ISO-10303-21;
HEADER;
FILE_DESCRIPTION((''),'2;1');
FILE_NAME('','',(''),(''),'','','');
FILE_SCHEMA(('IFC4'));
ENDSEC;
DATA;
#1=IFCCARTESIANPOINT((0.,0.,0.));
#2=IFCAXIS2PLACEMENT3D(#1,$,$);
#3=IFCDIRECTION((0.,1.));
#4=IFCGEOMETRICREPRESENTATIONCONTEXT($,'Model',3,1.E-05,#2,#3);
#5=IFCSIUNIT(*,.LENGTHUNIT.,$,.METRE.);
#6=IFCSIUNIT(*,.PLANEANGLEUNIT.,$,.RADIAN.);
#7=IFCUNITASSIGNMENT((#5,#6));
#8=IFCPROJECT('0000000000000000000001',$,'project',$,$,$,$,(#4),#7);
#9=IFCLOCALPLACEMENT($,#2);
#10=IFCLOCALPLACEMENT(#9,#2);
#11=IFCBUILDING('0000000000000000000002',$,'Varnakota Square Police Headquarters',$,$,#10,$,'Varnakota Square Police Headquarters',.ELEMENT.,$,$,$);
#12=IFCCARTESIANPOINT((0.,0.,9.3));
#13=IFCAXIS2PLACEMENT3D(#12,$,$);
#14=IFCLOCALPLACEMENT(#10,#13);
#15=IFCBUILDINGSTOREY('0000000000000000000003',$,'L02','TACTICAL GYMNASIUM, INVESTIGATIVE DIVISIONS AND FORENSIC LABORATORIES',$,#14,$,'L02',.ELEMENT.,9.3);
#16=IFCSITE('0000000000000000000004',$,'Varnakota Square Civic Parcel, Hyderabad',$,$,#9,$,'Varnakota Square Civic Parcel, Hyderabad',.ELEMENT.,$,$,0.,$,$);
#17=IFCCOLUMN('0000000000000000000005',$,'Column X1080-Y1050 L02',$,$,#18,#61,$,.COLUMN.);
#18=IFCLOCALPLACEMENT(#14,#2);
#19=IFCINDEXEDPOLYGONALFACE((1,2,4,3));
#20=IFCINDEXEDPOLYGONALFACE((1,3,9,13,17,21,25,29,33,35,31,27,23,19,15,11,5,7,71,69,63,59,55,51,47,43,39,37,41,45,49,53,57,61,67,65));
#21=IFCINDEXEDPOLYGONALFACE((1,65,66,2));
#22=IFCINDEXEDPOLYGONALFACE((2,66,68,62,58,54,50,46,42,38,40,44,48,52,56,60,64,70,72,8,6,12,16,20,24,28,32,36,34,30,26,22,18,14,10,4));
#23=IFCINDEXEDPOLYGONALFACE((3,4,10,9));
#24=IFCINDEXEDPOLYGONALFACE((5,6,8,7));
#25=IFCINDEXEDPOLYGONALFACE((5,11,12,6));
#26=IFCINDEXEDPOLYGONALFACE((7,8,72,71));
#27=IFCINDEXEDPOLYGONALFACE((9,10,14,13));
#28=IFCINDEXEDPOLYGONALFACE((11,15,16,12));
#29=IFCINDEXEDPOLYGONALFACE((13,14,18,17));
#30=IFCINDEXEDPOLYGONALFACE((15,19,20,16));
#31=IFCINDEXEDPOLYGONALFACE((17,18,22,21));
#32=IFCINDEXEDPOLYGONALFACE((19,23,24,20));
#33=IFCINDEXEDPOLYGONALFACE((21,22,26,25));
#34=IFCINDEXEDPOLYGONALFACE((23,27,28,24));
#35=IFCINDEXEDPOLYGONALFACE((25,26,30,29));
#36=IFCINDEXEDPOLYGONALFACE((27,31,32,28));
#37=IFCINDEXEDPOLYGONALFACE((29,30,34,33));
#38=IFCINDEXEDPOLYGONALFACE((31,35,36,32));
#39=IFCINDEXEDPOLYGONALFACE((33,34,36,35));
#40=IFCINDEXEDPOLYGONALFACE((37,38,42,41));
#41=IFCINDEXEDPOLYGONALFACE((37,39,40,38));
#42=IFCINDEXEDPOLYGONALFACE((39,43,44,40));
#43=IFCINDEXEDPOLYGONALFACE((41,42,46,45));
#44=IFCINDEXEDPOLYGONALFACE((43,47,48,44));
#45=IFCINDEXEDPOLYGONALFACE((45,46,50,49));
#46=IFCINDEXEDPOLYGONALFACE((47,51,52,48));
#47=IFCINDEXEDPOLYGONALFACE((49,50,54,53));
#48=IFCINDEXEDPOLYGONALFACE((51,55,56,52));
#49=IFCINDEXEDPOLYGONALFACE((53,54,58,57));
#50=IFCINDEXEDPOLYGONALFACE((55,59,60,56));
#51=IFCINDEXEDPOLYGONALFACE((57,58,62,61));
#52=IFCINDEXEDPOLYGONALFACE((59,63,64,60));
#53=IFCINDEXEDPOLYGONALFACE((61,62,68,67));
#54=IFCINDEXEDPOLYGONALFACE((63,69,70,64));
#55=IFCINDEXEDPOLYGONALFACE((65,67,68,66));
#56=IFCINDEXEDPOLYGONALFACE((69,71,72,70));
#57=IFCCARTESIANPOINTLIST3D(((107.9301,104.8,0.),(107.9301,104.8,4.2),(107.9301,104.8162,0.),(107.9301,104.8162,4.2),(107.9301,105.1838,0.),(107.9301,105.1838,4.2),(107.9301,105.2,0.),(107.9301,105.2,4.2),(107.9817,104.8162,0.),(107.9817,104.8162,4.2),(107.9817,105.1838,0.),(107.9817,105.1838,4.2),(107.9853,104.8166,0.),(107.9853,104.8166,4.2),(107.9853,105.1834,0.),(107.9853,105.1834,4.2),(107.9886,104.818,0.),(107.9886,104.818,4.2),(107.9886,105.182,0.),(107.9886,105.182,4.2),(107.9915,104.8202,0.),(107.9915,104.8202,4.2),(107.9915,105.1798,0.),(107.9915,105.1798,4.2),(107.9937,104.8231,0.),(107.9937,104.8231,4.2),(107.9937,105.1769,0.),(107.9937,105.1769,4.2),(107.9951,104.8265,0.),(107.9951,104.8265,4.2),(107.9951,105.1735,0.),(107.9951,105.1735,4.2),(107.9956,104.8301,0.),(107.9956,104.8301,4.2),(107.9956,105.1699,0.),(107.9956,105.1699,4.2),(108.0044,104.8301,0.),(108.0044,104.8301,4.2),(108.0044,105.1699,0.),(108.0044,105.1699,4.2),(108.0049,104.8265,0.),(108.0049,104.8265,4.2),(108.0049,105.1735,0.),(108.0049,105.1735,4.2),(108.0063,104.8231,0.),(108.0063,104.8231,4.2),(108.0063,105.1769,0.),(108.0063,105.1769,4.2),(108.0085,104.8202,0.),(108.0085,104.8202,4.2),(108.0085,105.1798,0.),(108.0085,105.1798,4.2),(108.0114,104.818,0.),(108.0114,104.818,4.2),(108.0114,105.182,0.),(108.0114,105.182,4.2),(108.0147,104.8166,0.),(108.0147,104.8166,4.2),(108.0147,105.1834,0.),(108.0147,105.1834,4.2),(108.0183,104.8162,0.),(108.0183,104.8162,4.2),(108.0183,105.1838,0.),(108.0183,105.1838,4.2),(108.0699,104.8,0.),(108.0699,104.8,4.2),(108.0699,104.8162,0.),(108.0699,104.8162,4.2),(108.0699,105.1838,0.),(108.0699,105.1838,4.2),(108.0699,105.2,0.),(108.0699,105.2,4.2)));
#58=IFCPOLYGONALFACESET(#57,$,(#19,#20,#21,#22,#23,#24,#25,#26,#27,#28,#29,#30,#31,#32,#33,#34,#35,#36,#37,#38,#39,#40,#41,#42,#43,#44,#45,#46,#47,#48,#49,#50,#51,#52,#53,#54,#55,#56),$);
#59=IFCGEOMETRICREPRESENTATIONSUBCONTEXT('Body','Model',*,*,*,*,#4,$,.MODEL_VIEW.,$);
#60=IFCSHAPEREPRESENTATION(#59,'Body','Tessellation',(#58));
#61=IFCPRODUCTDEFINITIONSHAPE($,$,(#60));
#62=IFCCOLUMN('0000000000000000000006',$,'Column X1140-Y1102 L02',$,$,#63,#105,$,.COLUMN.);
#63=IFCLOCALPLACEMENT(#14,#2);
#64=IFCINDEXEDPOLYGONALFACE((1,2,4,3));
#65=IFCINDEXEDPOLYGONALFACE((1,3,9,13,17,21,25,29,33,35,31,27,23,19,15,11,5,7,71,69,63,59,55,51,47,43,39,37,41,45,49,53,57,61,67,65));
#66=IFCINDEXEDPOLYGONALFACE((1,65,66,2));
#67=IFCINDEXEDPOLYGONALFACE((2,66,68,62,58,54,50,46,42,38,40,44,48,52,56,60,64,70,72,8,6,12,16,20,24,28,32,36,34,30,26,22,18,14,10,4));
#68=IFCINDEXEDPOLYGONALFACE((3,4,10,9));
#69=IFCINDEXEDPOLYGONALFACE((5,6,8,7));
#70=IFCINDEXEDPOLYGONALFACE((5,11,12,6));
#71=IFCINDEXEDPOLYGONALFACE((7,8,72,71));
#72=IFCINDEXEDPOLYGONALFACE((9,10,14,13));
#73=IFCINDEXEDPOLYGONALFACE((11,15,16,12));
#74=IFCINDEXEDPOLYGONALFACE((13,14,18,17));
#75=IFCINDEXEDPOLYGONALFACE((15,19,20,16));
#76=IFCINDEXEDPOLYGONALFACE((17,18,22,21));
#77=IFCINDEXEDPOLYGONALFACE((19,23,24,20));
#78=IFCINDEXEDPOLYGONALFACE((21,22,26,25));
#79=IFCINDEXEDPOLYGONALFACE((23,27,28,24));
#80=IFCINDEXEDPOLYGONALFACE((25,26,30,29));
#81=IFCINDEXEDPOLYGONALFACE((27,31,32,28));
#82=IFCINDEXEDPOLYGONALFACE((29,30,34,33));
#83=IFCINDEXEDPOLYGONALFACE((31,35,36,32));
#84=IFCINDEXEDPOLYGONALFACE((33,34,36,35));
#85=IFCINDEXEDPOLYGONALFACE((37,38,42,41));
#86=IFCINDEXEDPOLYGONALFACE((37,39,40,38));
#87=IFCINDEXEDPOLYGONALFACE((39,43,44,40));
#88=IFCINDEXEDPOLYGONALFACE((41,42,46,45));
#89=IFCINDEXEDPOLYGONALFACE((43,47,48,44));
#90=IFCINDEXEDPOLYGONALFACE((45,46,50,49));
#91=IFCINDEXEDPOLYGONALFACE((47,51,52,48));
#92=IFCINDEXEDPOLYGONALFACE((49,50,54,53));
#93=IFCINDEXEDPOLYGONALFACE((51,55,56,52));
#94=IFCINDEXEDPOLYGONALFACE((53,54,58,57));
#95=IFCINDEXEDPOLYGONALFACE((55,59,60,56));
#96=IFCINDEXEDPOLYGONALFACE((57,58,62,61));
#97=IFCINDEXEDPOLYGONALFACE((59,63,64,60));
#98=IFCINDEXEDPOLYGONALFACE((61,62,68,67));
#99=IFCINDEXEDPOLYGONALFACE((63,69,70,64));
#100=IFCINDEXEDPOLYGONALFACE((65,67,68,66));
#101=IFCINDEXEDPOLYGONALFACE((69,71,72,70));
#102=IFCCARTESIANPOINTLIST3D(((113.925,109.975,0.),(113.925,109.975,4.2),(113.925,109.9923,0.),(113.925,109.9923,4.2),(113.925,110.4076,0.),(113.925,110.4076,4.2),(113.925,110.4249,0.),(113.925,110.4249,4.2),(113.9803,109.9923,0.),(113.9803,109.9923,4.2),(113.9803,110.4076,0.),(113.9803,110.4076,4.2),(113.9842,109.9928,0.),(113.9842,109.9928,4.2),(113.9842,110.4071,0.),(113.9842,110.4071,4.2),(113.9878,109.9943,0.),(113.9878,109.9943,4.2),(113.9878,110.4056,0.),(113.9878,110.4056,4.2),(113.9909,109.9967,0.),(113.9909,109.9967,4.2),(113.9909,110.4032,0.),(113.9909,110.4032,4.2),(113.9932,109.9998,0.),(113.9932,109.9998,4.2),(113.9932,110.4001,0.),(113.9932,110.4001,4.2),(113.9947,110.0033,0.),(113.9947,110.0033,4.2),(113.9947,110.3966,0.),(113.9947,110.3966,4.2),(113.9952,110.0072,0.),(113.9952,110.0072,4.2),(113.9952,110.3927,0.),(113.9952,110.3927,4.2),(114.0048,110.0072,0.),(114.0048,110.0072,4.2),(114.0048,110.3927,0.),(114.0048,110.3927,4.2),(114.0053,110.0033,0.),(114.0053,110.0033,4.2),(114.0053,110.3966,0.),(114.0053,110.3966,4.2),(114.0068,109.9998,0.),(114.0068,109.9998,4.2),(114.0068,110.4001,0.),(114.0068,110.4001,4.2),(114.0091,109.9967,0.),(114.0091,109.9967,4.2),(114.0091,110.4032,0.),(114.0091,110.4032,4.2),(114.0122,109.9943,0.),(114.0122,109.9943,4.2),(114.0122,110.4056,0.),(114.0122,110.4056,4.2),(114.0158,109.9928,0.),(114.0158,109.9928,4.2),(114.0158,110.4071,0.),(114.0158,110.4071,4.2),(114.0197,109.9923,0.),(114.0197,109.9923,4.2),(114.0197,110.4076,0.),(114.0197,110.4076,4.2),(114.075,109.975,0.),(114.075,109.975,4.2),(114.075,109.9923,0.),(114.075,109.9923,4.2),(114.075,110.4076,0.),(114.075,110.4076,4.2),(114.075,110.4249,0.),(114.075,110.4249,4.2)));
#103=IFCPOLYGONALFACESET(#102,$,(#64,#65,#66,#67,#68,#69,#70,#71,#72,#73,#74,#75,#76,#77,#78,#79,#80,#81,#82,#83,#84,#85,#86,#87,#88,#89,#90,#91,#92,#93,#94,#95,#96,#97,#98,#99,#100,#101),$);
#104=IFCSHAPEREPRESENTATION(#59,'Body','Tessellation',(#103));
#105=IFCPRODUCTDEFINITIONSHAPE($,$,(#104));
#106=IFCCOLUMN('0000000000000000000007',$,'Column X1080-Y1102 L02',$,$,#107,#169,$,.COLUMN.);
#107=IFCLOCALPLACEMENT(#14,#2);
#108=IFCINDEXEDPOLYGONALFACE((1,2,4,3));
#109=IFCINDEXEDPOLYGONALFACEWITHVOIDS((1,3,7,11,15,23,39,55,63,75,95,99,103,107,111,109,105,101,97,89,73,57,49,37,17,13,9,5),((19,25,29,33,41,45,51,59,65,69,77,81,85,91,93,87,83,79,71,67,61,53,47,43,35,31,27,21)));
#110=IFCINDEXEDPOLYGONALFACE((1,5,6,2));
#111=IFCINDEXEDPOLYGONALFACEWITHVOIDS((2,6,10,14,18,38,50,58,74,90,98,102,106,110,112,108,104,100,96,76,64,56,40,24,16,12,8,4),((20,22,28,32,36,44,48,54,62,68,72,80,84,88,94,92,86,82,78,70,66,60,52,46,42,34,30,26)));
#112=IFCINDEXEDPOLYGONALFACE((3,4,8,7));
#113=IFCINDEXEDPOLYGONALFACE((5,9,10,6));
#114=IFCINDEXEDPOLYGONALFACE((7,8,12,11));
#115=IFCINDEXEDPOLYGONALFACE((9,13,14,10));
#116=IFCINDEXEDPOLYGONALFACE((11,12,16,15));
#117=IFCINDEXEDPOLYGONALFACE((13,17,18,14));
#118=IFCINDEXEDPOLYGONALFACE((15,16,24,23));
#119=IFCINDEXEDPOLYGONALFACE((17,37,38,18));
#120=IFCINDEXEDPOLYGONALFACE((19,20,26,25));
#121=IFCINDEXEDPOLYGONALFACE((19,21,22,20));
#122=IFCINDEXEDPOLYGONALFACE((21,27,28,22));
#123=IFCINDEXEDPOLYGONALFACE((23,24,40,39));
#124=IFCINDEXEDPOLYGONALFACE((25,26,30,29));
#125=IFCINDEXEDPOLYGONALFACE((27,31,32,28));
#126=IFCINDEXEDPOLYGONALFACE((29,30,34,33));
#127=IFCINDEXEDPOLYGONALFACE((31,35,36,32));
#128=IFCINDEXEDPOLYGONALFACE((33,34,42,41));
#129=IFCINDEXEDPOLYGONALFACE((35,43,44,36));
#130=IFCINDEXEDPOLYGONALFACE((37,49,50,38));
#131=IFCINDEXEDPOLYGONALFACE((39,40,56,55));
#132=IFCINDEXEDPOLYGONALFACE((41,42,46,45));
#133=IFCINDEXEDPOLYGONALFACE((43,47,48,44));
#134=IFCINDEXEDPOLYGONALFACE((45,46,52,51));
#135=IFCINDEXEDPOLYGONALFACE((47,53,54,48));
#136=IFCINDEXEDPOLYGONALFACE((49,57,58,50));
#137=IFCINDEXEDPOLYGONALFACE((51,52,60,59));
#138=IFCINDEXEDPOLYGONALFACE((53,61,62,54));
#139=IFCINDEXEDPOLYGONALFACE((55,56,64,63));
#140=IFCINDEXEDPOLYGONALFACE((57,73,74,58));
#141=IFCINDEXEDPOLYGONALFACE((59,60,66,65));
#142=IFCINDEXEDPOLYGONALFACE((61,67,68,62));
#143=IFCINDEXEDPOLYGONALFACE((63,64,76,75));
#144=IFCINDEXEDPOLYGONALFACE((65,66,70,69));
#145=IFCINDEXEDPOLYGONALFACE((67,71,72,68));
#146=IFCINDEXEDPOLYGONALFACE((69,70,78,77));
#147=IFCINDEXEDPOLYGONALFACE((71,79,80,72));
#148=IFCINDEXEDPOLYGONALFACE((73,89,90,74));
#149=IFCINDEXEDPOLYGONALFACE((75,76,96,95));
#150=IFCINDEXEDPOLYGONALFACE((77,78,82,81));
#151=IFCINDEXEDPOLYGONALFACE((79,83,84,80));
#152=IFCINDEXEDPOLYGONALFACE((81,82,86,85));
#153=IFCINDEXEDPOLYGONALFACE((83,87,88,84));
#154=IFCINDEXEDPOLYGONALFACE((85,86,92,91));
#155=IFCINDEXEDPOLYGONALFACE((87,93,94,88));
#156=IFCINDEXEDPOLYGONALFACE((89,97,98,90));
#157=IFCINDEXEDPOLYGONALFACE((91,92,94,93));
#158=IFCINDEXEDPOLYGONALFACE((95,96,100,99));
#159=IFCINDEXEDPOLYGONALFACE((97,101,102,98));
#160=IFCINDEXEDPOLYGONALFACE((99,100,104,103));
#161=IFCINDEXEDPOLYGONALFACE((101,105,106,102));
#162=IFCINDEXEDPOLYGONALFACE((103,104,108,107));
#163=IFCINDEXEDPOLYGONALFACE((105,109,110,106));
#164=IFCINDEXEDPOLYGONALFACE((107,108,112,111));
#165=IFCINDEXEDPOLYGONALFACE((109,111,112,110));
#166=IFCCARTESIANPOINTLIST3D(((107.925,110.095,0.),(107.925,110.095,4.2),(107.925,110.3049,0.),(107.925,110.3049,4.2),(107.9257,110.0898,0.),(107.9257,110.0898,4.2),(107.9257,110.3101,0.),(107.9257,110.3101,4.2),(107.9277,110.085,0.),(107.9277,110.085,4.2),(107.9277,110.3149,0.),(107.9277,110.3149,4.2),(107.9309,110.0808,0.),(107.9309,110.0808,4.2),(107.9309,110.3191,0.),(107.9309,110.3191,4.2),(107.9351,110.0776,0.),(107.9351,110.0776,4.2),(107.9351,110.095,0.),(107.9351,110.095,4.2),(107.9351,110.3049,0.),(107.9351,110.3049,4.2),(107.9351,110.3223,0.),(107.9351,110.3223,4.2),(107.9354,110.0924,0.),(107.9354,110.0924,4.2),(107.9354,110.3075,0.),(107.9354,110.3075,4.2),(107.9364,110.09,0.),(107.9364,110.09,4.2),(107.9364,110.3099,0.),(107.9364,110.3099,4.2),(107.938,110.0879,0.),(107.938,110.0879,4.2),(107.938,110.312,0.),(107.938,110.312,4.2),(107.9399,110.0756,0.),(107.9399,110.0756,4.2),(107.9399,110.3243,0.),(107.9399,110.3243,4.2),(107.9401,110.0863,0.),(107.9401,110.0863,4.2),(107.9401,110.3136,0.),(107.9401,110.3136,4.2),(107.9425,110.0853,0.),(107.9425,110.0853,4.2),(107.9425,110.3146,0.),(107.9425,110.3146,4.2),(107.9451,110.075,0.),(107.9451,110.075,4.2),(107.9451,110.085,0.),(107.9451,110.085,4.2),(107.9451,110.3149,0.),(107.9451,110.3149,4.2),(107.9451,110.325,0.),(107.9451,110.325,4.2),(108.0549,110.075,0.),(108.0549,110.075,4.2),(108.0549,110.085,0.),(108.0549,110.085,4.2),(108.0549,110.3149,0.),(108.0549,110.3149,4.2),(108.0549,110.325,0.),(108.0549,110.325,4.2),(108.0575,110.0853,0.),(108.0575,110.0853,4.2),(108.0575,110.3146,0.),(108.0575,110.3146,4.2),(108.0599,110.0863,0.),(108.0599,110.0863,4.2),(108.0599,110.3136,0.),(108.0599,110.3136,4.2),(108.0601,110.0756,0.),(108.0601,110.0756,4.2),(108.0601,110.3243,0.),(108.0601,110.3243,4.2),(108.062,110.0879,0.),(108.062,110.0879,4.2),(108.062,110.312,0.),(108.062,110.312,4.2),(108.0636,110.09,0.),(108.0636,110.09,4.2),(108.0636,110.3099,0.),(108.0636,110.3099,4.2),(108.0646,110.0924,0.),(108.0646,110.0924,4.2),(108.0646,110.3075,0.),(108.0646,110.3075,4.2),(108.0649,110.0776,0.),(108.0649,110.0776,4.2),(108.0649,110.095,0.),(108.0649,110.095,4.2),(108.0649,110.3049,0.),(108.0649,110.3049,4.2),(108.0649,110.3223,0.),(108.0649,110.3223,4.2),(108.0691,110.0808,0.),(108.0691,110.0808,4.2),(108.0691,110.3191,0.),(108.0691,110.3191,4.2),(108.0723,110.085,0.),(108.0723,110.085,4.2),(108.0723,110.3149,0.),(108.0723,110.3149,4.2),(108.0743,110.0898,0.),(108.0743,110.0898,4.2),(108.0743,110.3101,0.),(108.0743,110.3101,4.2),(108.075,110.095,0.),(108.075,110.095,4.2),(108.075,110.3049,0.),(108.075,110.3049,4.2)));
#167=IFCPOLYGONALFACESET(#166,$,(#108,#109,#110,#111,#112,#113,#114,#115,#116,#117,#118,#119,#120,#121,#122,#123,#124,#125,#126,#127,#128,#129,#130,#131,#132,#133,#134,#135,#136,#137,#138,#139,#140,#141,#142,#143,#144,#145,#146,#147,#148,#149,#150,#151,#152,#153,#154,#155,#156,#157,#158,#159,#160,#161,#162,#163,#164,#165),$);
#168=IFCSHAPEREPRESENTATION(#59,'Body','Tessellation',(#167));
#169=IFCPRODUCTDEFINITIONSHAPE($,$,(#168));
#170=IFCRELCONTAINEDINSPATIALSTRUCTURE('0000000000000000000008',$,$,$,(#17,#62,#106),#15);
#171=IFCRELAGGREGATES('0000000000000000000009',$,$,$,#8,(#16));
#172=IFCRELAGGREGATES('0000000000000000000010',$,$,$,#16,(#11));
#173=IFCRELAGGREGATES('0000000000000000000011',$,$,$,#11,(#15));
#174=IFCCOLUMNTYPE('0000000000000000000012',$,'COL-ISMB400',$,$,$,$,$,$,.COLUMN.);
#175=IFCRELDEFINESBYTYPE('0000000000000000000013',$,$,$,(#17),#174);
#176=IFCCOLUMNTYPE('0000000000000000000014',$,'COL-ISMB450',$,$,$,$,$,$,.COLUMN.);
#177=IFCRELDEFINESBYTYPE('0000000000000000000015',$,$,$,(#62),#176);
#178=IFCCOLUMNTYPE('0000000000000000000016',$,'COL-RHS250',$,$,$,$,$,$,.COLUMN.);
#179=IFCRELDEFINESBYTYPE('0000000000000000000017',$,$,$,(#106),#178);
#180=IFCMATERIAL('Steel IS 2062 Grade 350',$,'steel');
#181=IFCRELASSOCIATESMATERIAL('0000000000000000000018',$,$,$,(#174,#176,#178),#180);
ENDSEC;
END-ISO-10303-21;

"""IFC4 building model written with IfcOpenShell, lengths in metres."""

from ifc_helpers import new_model, si_unit, direction, frame, origin, origin_2d, place, context, subcontext, project, spatial, hollow_rectangle, i_section, extrude, material, material_profile, profile_set, type_object, element, save


model = new_model("IFC4")

# Units and contexts
model_context = context("Model", 3, precision=1e-05, world=origin(), true_north=direction((0.0, 1.0)))
body_context = subcontext(model_context, "Body", "Model", "MODEL_VIEW")
ifc_project = project(units=[si_unit("LENGTHUNIT", "METRE"), si_unit("PLANEANGLEUNIT", "RADIAN")], contexts=[model_context])

# Site, building, storey
site_placement = place(None, origin())
site = spatial("IfcSite", under=ifc_project, at=site_placement, Name="Varnakota Square Civic Parcel, Hyderabad", LongName="Varnakota Square Civic Parcel, Hyderabad", CompositionType="ELEMENT", RefElevation=0.0)
building_placement = place(site_placement, origin())
building = spatial("IfcBuilding", under=site, at=building_placement, Name="Varnakota Square Police Headquarters", LongName="Varnakota Square Police Headquarters", CompositionType="ELEMENT")
storey_placement = place(building_placement, frame((0.0, 0.0, 9.3)))
storey = spatial("IfcBuildingStorey", under=building, at=storey_placement, Name="L02", Description="TACTICAL GYMNASIUM, INVESTIGATIVE DIVISIONS AND FORENSIC LABORATORIES", LongName="L02", CompositionType="ELEMENT", Elevation=9.3)

# Columns
ifc_material_1 = material(Name="Steel IS 2062 Grade 350", Category="steel")
ifc_material_profile_1 = material_profile(ifc_material_1, i_section(OverallWidth=0.1399, OverallDepth=0.3999, WebThickness=0.0088, FlangeThickness=0.0161, FilletRadius=0.0139, at=origin_2d()), Name="ISMB 400")
ifc_profile_set_1 = profile_set([ifc_material_profile_1], Name="Steel IS 2062 Grade 350")
column_type_1 = type_object("IfcColumnType", Name="COL-ISMB400", PredefinedType="COLUMN", material=ifc_profile_set_1)
column_1_placement = place(storey_placement, frame((108.0, 105.0, 0.0), z_axis=(0.0, 0.0, 1.0), x_axis=(1.0, 0.0, 0.0)))
element("IfcColumn", 1, at=column_1_placement, inside=storey, type_object=column_type_1, Name="Column X1080-Y1050 L02", PredefinedType="COLUMN", context=body_context, shape_type="SweptSolid", body=[
    extrude(i_section(OverallWidth=0.1399, OverallDepth=0.3999, WebThickness=0.0088, FlangeThickness=0.0161, FilletRadius=0.0139, at=origin_2d()), origin(), (0.0, 0.0, 1.0), 4.2),
])
ifc_material_profile_2 = material_profile(ifc_material_1, i_section(OverallWidth=0.1499, OverallDepth=0.45, WebThickness=0.0095, FlangeThickness=0.0173, FilletRadius=0.0149, at=origin_2d()), Name="ISMB 450")
ifc_profile_set_2 = profile_set([ifc_material_profile_2], Name="Steel IS 2062 Grade 350")
column_type_2 = type_object("IfcColumnType", Name="COL-ISMB450", PredefinedType="COLUMN", material=ifc_profile_set_2)
column_2_placement = place(storey_placement, frame((114.0, 110.2, 0.0), z_axis=(0.0, 0.0, 1.0), x_axis=(1.0, 0.0, 0.0)))
element("IfcColumn", 2, at=column_2_placement, inside=storey, type_object=column_type_2, Name="Column X1140-Y1102 L02", PredefinedType="COLUMN", context=body_context, shape_type="SweptSolid", body=[
    extrude(i_section(OverallWidth=0.1499, OverallDepth=0.45, WebThickness=0.0095, FlangeThickness=0.0173, FilletRadius=0.0149, at=origin_2d()), origin(), (0.0, 0.0, 1.0), 4.2),
])
ifc_material_profile_3 = material_profile(ifc_material_1, hollow_rectangle(XDim=0.1499, YDim=0.25, WallThickness=0.01, InnerFilletRadius=0.01, OuterFilletRadius=0.02, at=origin_2d()), Name="RHS 250x150x10")
ifc_profile_set_3 = profile_set([ifc_material_profile_3], Name="Steel IS 2062 Grade 350")
column_type_3 = type_object("IfcColumnType", Name="COL-RHS250", PredefinedType="COLUMN", material=ifc_profile_set_3)
for number, where, z_axis, x_axis, name in (
    (3, (108.0, 110.2, 0.0), (0.0, 0.0, 1.0), (1.0, 0.0, 0.0), "Column X1080-Y1102 L02"),
):
    element("IfcColumn", number, at=place(storey_placement, frame(where, z_axis=z_axis, x_axis=x_axis)), inside=storey, type_object=column_type_3, Name=name, PredefinedType="COLUMN", context=body_context, shape_type="SweptSolid", body=[
        extrude(hollow_rectangle(XDim=0.1499, YDim=0.25, WallThickness=0.01, InnerFilletRadius=0.01, OuterFilletRadius=0.02, at=origin_2d()), origin(), (0.0, 0.0, 1.0), 4.2),
    ])

save(model, "model.ifc")
